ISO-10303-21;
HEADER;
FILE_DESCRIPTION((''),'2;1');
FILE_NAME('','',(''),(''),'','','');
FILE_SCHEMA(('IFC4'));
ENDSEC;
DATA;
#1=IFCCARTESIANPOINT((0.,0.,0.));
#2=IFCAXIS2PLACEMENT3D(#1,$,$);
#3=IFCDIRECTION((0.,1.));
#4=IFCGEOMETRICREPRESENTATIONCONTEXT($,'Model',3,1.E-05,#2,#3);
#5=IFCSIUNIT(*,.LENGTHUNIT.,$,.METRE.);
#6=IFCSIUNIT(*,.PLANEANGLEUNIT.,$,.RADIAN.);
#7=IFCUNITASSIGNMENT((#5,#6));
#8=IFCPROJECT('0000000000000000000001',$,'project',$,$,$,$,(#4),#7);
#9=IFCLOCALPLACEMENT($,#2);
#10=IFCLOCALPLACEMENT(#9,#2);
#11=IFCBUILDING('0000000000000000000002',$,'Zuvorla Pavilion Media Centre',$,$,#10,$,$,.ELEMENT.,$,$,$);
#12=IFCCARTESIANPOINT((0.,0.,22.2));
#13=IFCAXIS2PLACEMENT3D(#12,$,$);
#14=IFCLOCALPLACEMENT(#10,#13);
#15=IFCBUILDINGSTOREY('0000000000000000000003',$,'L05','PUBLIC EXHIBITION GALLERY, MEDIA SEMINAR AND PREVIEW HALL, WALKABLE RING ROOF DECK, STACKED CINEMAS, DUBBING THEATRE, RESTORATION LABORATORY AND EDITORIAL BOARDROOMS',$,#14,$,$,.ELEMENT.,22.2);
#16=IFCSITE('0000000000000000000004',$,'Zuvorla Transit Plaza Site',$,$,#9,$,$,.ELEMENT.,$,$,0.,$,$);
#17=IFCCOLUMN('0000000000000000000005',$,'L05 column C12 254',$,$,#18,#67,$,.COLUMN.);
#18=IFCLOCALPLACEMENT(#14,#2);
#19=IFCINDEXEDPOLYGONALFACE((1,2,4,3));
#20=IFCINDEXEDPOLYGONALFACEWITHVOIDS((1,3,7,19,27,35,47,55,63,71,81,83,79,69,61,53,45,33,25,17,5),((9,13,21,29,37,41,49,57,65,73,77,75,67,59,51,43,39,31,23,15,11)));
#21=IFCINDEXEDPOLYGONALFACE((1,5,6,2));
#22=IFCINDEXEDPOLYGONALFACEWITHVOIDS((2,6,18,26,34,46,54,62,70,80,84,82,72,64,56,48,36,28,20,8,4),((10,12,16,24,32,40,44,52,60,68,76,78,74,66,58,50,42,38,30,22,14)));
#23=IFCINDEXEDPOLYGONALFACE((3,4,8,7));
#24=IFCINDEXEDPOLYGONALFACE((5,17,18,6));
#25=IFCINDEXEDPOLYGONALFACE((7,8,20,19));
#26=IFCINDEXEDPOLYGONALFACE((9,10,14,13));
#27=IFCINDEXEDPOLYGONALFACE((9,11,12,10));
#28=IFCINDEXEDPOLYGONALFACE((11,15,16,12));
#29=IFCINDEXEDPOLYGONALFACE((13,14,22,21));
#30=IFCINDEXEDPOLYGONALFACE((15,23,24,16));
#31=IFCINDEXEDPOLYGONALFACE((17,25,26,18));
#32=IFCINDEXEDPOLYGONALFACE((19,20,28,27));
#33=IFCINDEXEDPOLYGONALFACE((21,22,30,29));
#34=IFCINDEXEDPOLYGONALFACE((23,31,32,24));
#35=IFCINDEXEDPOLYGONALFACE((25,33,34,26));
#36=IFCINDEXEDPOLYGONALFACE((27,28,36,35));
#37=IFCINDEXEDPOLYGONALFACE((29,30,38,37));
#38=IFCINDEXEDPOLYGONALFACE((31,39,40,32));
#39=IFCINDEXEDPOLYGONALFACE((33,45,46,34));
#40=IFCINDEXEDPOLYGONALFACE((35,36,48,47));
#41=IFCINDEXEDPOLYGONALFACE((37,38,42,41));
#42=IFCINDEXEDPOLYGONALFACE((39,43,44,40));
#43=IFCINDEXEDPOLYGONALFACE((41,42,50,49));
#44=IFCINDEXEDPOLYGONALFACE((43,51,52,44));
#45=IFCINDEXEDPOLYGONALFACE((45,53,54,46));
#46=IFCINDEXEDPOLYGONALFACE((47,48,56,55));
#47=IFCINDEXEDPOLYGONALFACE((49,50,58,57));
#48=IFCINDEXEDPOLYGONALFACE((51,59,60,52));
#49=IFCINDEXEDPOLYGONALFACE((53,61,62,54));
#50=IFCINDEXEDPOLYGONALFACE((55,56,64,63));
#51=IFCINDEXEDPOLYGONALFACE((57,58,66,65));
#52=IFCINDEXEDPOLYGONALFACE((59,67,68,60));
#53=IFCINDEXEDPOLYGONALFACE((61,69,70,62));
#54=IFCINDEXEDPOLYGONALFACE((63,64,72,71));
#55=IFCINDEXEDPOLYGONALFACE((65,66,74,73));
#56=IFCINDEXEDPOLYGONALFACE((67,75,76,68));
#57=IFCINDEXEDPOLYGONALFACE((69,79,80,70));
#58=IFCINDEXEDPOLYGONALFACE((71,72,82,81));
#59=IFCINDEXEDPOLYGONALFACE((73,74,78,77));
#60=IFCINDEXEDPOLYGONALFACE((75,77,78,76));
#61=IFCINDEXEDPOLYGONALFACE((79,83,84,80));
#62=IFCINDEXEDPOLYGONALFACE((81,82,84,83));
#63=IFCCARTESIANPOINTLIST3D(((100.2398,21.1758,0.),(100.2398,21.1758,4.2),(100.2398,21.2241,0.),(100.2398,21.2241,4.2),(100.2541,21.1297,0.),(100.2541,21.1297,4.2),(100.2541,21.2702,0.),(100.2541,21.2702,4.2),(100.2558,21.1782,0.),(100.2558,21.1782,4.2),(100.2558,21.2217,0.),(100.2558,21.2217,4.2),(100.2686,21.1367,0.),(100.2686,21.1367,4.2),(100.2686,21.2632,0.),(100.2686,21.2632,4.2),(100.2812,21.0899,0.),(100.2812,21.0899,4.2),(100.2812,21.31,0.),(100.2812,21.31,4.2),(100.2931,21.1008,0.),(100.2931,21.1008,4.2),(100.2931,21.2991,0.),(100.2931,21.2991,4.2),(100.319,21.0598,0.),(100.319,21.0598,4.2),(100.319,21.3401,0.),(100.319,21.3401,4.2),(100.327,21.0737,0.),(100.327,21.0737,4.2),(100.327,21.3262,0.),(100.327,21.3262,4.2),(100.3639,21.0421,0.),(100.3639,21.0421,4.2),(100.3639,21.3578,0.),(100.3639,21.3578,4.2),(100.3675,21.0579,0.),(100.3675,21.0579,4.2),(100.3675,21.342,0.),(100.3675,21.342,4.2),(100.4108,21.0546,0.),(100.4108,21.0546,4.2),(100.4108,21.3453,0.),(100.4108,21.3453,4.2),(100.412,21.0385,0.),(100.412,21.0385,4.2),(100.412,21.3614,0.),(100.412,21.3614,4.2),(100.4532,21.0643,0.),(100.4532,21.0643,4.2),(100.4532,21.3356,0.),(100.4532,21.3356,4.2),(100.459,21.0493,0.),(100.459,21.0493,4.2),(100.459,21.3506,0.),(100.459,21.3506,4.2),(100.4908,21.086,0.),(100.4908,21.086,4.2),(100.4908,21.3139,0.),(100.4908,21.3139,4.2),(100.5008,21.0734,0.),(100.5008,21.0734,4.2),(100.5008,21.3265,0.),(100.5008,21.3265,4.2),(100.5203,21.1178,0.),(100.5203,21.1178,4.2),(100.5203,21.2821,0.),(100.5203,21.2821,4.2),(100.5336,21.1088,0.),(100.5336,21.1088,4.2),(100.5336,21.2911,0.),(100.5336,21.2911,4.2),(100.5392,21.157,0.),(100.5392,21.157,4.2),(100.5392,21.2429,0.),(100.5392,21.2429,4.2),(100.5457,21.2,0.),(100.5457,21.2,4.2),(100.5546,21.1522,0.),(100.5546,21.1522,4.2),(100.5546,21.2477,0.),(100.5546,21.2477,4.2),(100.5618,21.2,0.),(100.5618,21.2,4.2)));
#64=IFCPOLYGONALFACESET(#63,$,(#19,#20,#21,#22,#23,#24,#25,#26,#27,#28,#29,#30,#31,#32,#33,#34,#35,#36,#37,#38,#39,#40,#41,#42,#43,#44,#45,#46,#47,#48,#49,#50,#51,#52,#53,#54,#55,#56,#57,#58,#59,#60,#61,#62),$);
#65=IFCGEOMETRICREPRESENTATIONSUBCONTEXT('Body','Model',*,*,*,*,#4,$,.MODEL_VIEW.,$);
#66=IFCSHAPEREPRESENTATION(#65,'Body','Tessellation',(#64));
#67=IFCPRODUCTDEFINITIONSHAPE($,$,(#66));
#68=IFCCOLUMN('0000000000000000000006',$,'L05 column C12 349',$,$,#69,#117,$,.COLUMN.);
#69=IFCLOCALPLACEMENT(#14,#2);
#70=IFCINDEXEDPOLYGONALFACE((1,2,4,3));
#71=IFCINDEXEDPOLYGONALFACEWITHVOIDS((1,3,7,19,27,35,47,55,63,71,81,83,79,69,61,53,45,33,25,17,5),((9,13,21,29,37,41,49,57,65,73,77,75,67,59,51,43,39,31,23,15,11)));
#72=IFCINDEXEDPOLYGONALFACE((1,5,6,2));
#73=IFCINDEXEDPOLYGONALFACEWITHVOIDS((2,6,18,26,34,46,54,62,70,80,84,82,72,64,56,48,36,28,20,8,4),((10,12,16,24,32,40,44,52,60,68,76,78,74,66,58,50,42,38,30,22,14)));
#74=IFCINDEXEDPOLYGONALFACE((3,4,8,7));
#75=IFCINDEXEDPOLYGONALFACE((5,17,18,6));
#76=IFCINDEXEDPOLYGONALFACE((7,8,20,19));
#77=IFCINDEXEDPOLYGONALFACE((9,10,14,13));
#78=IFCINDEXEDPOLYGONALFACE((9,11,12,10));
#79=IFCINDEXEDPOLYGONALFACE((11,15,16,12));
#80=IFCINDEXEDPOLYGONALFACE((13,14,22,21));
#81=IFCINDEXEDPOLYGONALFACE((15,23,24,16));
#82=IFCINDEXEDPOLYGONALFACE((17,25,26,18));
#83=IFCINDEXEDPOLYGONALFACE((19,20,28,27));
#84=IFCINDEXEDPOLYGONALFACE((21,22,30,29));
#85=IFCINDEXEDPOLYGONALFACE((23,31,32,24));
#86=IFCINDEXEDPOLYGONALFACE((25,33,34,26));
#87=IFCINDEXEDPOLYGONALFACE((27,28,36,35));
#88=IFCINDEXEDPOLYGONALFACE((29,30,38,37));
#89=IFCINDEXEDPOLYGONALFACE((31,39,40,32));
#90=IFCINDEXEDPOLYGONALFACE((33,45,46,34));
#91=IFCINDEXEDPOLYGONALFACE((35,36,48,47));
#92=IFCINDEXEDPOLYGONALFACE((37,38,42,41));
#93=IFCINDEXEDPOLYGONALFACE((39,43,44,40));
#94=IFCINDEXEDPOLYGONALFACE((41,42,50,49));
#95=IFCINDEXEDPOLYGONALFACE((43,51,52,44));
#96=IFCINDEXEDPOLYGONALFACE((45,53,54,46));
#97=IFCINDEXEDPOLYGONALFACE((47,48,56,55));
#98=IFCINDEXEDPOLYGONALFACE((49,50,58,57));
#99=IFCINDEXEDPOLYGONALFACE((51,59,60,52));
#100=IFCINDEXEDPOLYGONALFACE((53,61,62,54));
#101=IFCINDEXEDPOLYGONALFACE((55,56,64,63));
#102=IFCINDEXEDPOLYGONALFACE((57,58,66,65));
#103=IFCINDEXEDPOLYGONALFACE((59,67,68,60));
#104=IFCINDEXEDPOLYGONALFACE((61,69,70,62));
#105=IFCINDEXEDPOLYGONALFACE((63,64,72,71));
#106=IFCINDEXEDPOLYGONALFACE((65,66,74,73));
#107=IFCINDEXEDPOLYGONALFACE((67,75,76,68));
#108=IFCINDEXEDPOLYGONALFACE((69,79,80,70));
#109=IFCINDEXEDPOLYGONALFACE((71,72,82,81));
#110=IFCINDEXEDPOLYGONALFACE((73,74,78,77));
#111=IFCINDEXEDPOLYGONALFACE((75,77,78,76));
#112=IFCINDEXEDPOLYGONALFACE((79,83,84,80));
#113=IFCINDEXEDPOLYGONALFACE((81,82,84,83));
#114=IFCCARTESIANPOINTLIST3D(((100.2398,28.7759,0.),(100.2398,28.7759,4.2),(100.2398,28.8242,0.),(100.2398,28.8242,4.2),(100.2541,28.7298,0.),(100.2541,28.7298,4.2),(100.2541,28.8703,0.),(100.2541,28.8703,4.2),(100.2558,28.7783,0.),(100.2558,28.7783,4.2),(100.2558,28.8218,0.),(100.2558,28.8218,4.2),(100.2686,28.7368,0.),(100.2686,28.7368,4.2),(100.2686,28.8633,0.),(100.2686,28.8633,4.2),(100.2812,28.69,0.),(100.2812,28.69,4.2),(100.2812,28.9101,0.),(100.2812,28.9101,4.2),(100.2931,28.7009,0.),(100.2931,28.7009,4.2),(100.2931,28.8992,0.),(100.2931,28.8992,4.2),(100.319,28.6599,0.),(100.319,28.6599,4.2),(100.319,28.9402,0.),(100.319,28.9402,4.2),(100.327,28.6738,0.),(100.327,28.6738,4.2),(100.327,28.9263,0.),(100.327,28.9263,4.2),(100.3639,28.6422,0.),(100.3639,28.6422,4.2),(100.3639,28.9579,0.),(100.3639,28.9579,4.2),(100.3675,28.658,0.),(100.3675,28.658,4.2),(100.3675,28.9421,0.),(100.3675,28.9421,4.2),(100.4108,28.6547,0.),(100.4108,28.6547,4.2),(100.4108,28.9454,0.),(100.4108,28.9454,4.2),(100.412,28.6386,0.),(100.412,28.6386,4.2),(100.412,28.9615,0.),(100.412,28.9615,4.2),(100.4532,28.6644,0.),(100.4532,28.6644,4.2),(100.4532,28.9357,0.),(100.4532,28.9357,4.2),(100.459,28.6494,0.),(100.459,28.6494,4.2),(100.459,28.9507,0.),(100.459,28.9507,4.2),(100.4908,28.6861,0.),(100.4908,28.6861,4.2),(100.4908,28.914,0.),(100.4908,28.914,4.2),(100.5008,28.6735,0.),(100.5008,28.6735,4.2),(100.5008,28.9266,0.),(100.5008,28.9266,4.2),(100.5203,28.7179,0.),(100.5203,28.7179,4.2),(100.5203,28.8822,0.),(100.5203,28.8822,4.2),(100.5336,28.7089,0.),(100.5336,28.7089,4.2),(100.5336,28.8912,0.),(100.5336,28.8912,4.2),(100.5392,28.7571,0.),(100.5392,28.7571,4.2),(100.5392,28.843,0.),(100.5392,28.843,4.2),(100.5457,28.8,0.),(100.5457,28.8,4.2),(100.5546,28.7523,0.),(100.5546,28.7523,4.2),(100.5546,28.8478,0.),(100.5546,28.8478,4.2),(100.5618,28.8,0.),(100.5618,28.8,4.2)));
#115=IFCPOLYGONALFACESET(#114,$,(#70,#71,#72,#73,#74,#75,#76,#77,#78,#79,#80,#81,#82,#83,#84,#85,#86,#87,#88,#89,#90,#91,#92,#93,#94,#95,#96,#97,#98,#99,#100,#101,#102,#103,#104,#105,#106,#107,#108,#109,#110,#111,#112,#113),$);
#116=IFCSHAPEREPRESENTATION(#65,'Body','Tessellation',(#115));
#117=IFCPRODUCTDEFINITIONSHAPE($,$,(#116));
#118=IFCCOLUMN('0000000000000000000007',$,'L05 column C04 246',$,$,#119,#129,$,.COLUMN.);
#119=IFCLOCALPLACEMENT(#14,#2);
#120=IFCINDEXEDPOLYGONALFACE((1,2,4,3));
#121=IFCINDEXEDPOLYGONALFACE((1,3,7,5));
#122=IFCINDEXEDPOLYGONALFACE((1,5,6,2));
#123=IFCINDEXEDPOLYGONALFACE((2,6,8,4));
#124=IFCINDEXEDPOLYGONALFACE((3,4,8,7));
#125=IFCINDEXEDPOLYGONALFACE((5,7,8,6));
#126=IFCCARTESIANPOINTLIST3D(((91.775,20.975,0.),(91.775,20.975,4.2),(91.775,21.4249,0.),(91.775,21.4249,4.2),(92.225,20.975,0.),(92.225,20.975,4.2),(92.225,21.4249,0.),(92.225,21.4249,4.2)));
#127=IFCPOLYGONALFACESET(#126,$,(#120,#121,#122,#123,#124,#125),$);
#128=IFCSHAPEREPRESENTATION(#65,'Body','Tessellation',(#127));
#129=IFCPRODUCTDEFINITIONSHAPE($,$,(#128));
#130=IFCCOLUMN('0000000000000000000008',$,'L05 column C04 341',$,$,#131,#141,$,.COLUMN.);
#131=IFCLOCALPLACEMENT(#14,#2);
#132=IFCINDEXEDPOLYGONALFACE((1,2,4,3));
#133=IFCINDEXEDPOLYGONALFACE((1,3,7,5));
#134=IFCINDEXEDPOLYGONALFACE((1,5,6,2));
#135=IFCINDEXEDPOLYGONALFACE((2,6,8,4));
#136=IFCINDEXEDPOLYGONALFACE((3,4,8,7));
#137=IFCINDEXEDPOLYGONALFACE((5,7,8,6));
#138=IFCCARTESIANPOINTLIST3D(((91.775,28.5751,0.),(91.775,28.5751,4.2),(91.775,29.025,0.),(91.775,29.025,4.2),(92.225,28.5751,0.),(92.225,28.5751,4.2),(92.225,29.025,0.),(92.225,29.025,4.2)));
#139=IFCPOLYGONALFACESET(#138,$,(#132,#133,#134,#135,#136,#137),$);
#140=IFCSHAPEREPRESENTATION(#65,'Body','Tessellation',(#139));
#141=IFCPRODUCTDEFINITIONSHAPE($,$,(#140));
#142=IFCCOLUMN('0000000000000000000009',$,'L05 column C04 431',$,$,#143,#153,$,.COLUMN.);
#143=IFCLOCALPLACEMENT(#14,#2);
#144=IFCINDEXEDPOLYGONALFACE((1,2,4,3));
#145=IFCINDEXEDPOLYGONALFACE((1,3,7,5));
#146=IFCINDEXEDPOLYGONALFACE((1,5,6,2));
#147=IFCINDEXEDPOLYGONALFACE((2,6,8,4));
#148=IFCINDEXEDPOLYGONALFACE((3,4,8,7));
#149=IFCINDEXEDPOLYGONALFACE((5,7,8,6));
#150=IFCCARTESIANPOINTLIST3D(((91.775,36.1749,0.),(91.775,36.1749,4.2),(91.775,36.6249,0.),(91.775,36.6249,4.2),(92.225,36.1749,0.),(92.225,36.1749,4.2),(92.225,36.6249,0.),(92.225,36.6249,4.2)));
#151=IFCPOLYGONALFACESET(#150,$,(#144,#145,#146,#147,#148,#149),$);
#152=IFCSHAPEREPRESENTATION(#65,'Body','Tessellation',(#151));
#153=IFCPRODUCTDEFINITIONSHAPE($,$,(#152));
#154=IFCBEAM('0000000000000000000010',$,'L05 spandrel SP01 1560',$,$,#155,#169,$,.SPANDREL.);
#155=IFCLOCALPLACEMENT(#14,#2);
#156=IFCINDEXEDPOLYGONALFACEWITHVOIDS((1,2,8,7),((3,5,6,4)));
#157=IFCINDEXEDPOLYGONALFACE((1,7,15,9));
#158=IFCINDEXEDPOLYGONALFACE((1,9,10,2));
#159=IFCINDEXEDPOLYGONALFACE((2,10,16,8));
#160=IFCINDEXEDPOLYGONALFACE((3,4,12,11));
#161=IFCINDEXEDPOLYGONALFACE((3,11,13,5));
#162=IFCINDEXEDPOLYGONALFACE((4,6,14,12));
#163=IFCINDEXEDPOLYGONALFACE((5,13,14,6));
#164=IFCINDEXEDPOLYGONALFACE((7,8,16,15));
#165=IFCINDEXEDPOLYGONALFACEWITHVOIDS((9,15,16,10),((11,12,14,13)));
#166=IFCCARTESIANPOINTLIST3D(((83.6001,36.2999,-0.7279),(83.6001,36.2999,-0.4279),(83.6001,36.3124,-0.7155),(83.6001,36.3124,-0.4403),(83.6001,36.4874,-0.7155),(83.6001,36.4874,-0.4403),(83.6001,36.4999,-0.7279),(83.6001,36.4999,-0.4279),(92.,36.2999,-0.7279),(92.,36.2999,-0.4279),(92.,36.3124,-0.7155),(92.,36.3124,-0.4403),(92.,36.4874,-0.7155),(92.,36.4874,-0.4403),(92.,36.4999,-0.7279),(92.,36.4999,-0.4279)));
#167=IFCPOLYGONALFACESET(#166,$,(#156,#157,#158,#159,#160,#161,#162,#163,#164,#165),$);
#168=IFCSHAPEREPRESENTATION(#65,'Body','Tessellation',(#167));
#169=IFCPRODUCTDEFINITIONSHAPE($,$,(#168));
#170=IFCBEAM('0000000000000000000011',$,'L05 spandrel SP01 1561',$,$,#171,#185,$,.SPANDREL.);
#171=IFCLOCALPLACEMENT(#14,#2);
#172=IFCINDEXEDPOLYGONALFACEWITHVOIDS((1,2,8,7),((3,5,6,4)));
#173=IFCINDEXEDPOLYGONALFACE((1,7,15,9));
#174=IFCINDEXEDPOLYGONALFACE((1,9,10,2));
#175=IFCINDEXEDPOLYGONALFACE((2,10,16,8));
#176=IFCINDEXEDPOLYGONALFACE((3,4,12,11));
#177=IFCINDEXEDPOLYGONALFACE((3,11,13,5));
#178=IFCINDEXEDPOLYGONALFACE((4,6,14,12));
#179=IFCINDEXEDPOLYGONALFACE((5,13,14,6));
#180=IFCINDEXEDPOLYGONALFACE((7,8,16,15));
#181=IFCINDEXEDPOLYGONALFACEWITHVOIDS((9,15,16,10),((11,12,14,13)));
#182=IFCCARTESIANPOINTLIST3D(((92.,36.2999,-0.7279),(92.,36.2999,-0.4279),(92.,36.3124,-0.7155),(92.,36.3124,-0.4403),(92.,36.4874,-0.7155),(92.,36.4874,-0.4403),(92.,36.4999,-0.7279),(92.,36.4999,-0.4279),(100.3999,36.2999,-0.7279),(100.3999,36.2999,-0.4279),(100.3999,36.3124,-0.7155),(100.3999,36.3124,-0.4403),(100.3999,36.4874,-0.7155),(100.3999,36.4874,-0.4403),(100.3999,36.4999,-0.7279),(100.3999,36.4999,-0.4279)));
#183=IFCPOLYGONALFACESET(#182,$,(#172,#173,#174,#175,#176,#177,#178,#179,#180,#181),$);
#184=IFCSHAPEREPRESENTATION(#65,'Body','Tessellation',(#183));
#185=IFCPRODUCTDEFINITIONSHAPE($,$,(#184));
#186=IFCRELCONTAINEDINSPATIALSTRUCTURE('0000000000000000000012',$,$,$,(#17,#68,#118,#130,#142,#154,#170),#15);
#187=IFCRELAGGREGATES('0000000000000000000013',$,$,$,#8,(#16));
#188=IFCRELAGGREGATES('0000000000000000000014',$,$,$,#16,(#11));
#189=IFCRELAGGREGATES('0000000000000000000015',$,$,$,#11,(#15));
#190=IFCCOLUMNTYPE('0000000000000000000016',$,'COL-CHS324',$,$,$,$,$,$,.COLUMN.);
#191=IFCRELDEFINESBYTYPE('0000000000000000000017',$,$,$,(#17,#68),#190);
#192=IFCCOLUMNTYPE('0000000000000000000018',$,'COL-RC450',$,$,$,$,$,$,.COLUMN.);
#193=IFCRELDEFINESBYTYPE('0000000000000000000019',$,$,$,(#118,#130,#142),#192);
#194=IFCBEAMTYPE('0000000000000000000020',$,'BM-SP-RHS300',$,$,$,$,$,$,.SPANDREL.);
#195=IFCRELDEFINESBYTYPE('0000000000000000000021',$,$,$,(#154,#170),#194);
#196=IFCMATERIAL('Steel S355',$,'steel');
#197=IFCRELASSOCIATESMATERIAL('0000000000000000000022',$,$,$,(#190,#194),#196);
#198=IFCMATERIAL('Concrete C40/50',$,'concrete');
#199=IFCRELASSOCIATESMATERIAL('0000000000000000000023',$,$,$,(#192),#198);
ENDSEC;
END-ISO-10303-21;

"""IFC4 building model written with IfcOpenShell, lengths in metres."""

from ifc_helpers import new_model, si_unit, direction, frame, origin, origin_2d, place, context, subcontext, project, spatial, rectangle, hollow_rectangle, hollow_circle, extrude, material, material_profile, profile_set, type_object, element, save


model = new_model("IFC4")

# Units and contexts
model_context = context("Model", 3, precision=1e-05, world=origin(), true_north=direction((0.0, 1.0)))
body_context = subcontext(model_context, "Body", "Model", "MODEL_VIEW")
ifc_project = project(units=[si_unit("LENGTHUNIT", "METRE"), si_unit("PLANEANGLEUNIT", "RADIAN")], contexts=[model_context])

# Site, building, storey
site_placement = place(None, origin())
site = spatial("IfcSite", under=ifc_project, at=site_placement, Name="Zuvorla Transit Plaza Site", CompositionType="ELEMENT", RefElevation=0.0)
building_placement = place(site_placement, origin())
building = spatial("IfcBuilding", under=site, at=building_placement, Name="Zuvorla Pavilion Media Centre", CompositionType="ELEMENT")
storey_placement = place(building_placement, frame((0.0, 0.0, 22.2)))
storey = spatial("IfcBuildingStorey", under=building, at=storey_placement, Name="L05", Description="PUBLIC EXHIBITION GALLERY, MEDIA SEMINAR AND PREVIEW HALL, WALKABLE RING ROOF DECK, STACKED CINEMAS, DUBBING THEATRE, RESTORATION LABORATORY AND EDITORIAL BOARDROOMS", CompositionType="ELEMENT", Elevation=22.2)

# Columns
ifc_material_1 = material(Name="Steel S355", Category="steel")
ifc_material_profile_1 = material_profile(ifc_material_1, hollow_circle(Radius=0.1619, WallThickness=0.0161, at=origin_2d()), Name="CHS 323.9x16")
ifc_profile_set_1 = profile_set([ifc_material_profile_1], Name="Steel S355")
column_type_1 = type_object("IfcColumnType", Name="COL-CHS324", PredefinedType="COLUMN", material=ifc_profile_set_1)
for number, where, z_axis, x_axis, name in (
    (1, (100.3999, 21.2, 0.0), (0.0, 0.0, 1.0), (1.0, 0.0, 0.0), "L05 column C12 254"),
    (2, (100.3999, 28.8, 0.0), (0.0, 0.0, 1.0), (1.0, 0.0, 0.0), "L05 column C12 349"),
):
    element("IfcColumn", number, at=place(storey_placement, frame(where, z_axis=z_axis, x_axis=x_axis)), inside=storey, type_object=column_type_1, Name=name, PredefinedType="COLUMN", context=body_context, shape_type="SweptSolid", body=[
        extrude(hollow_circle(Radius=0.1619, WallThickness=0.0161, at=origin_2d()), origin(), (0.0, 0.0, 1.0), 4.2),
    ])
ifc_material_2 = material(Name="Concrete C40/50", Category="concrete")
ifc_material_profile_2 = material_profile(ifc_material_2, rectangle(XDim=0.45, YDim=0.45, at=origin_2d()), Name="RC 450x450")
ifc_profile_set_2 = profile_set([ifc_material_profile_2], Name="Concrete C40/50")
column_type_2 = type_object("IfcColumnType", Name="COL-RC450", PredefinedType="COLUMN", material=ifc_profile_set_2)
for number, where, z_axis, x_axis, name in (
    (3, (92.0, 21.2, 0.0), (0.0, 0.0, 1.0), (1.0, 0.0, 0.0), "L05 column C04 246"),
    (4, (92.0, 28.8, 0.0), (0.0, 0.0, 1.0), (1.0, 0.0, 0.0), "L05 column C04 341"),
    (5, (92.0, 36.3999, 0.0), (0.0, 0.0, 1.0), (1.0, 0.0, 0.0), "L05 column C04 431"),
):
    element("IfcColumn", number, at=place(storey_placement, frame(where, z_axis=z_axis, x_axis=x_axis)), inside=storey, type_object=column_type_2, Name=name, PredefinedType="COLUMN", context=body_context, shape_type="SweptSolid", body=[
        extrude(rectangle(XDim=0.45, YDim=0.45, at=origin_2d()), origin(), (0.0, 0.0, 1.0), 4.2),
    ])

# Beams
ifc_material_profile_3 = material_profile(ifc_material_1, hollow_rectangle(XDim=0.2, YDim=0.3, WallThickness=0.0125, at=origin_2d()), Name="RHS 300x200x12.5")
ifc_profile_set_3 = profile_set([ifc_material_profile_3], Name="Steel S355")
beam_type_1 = type_object("IfcBeamType", Name="BM-SP-RHS300", PredefinedType="SPANDREL", material=ifc_profile_set_3)
for number, where, z_axis, x_axis, name in (
    (6, (83.6001, 36.3999, -0.5779), (1.0, 0.0, 0.0), (0.0, 1.0, 0.0), "L05 spandrel SP01 1560"),
    (7, (92.0, 36.3999, -0.5779), (1.0, 0.0, 0.0), (0.0, 1.0, 0.0), "L05 spandrel SP01 1561"),
):
    element("IfcBeam", number, at=place(storey_placement, frame(where, z_axis=z_axis, x_axis=x_axis)), inside=storey, type_object=beam_type_1, Name=name, PredefinedType="SPANDREL", context=body_context, shape_type="SweptSolid", body=[
        extrude(hollow_rectangle(XDim=0.2, YDim=0.3, WallThickness=0.0125, at=origin_2d()), origin(), (0.0, 0.0, 1.0), 8.3999),
    ])

save(model, "model.ifc")
